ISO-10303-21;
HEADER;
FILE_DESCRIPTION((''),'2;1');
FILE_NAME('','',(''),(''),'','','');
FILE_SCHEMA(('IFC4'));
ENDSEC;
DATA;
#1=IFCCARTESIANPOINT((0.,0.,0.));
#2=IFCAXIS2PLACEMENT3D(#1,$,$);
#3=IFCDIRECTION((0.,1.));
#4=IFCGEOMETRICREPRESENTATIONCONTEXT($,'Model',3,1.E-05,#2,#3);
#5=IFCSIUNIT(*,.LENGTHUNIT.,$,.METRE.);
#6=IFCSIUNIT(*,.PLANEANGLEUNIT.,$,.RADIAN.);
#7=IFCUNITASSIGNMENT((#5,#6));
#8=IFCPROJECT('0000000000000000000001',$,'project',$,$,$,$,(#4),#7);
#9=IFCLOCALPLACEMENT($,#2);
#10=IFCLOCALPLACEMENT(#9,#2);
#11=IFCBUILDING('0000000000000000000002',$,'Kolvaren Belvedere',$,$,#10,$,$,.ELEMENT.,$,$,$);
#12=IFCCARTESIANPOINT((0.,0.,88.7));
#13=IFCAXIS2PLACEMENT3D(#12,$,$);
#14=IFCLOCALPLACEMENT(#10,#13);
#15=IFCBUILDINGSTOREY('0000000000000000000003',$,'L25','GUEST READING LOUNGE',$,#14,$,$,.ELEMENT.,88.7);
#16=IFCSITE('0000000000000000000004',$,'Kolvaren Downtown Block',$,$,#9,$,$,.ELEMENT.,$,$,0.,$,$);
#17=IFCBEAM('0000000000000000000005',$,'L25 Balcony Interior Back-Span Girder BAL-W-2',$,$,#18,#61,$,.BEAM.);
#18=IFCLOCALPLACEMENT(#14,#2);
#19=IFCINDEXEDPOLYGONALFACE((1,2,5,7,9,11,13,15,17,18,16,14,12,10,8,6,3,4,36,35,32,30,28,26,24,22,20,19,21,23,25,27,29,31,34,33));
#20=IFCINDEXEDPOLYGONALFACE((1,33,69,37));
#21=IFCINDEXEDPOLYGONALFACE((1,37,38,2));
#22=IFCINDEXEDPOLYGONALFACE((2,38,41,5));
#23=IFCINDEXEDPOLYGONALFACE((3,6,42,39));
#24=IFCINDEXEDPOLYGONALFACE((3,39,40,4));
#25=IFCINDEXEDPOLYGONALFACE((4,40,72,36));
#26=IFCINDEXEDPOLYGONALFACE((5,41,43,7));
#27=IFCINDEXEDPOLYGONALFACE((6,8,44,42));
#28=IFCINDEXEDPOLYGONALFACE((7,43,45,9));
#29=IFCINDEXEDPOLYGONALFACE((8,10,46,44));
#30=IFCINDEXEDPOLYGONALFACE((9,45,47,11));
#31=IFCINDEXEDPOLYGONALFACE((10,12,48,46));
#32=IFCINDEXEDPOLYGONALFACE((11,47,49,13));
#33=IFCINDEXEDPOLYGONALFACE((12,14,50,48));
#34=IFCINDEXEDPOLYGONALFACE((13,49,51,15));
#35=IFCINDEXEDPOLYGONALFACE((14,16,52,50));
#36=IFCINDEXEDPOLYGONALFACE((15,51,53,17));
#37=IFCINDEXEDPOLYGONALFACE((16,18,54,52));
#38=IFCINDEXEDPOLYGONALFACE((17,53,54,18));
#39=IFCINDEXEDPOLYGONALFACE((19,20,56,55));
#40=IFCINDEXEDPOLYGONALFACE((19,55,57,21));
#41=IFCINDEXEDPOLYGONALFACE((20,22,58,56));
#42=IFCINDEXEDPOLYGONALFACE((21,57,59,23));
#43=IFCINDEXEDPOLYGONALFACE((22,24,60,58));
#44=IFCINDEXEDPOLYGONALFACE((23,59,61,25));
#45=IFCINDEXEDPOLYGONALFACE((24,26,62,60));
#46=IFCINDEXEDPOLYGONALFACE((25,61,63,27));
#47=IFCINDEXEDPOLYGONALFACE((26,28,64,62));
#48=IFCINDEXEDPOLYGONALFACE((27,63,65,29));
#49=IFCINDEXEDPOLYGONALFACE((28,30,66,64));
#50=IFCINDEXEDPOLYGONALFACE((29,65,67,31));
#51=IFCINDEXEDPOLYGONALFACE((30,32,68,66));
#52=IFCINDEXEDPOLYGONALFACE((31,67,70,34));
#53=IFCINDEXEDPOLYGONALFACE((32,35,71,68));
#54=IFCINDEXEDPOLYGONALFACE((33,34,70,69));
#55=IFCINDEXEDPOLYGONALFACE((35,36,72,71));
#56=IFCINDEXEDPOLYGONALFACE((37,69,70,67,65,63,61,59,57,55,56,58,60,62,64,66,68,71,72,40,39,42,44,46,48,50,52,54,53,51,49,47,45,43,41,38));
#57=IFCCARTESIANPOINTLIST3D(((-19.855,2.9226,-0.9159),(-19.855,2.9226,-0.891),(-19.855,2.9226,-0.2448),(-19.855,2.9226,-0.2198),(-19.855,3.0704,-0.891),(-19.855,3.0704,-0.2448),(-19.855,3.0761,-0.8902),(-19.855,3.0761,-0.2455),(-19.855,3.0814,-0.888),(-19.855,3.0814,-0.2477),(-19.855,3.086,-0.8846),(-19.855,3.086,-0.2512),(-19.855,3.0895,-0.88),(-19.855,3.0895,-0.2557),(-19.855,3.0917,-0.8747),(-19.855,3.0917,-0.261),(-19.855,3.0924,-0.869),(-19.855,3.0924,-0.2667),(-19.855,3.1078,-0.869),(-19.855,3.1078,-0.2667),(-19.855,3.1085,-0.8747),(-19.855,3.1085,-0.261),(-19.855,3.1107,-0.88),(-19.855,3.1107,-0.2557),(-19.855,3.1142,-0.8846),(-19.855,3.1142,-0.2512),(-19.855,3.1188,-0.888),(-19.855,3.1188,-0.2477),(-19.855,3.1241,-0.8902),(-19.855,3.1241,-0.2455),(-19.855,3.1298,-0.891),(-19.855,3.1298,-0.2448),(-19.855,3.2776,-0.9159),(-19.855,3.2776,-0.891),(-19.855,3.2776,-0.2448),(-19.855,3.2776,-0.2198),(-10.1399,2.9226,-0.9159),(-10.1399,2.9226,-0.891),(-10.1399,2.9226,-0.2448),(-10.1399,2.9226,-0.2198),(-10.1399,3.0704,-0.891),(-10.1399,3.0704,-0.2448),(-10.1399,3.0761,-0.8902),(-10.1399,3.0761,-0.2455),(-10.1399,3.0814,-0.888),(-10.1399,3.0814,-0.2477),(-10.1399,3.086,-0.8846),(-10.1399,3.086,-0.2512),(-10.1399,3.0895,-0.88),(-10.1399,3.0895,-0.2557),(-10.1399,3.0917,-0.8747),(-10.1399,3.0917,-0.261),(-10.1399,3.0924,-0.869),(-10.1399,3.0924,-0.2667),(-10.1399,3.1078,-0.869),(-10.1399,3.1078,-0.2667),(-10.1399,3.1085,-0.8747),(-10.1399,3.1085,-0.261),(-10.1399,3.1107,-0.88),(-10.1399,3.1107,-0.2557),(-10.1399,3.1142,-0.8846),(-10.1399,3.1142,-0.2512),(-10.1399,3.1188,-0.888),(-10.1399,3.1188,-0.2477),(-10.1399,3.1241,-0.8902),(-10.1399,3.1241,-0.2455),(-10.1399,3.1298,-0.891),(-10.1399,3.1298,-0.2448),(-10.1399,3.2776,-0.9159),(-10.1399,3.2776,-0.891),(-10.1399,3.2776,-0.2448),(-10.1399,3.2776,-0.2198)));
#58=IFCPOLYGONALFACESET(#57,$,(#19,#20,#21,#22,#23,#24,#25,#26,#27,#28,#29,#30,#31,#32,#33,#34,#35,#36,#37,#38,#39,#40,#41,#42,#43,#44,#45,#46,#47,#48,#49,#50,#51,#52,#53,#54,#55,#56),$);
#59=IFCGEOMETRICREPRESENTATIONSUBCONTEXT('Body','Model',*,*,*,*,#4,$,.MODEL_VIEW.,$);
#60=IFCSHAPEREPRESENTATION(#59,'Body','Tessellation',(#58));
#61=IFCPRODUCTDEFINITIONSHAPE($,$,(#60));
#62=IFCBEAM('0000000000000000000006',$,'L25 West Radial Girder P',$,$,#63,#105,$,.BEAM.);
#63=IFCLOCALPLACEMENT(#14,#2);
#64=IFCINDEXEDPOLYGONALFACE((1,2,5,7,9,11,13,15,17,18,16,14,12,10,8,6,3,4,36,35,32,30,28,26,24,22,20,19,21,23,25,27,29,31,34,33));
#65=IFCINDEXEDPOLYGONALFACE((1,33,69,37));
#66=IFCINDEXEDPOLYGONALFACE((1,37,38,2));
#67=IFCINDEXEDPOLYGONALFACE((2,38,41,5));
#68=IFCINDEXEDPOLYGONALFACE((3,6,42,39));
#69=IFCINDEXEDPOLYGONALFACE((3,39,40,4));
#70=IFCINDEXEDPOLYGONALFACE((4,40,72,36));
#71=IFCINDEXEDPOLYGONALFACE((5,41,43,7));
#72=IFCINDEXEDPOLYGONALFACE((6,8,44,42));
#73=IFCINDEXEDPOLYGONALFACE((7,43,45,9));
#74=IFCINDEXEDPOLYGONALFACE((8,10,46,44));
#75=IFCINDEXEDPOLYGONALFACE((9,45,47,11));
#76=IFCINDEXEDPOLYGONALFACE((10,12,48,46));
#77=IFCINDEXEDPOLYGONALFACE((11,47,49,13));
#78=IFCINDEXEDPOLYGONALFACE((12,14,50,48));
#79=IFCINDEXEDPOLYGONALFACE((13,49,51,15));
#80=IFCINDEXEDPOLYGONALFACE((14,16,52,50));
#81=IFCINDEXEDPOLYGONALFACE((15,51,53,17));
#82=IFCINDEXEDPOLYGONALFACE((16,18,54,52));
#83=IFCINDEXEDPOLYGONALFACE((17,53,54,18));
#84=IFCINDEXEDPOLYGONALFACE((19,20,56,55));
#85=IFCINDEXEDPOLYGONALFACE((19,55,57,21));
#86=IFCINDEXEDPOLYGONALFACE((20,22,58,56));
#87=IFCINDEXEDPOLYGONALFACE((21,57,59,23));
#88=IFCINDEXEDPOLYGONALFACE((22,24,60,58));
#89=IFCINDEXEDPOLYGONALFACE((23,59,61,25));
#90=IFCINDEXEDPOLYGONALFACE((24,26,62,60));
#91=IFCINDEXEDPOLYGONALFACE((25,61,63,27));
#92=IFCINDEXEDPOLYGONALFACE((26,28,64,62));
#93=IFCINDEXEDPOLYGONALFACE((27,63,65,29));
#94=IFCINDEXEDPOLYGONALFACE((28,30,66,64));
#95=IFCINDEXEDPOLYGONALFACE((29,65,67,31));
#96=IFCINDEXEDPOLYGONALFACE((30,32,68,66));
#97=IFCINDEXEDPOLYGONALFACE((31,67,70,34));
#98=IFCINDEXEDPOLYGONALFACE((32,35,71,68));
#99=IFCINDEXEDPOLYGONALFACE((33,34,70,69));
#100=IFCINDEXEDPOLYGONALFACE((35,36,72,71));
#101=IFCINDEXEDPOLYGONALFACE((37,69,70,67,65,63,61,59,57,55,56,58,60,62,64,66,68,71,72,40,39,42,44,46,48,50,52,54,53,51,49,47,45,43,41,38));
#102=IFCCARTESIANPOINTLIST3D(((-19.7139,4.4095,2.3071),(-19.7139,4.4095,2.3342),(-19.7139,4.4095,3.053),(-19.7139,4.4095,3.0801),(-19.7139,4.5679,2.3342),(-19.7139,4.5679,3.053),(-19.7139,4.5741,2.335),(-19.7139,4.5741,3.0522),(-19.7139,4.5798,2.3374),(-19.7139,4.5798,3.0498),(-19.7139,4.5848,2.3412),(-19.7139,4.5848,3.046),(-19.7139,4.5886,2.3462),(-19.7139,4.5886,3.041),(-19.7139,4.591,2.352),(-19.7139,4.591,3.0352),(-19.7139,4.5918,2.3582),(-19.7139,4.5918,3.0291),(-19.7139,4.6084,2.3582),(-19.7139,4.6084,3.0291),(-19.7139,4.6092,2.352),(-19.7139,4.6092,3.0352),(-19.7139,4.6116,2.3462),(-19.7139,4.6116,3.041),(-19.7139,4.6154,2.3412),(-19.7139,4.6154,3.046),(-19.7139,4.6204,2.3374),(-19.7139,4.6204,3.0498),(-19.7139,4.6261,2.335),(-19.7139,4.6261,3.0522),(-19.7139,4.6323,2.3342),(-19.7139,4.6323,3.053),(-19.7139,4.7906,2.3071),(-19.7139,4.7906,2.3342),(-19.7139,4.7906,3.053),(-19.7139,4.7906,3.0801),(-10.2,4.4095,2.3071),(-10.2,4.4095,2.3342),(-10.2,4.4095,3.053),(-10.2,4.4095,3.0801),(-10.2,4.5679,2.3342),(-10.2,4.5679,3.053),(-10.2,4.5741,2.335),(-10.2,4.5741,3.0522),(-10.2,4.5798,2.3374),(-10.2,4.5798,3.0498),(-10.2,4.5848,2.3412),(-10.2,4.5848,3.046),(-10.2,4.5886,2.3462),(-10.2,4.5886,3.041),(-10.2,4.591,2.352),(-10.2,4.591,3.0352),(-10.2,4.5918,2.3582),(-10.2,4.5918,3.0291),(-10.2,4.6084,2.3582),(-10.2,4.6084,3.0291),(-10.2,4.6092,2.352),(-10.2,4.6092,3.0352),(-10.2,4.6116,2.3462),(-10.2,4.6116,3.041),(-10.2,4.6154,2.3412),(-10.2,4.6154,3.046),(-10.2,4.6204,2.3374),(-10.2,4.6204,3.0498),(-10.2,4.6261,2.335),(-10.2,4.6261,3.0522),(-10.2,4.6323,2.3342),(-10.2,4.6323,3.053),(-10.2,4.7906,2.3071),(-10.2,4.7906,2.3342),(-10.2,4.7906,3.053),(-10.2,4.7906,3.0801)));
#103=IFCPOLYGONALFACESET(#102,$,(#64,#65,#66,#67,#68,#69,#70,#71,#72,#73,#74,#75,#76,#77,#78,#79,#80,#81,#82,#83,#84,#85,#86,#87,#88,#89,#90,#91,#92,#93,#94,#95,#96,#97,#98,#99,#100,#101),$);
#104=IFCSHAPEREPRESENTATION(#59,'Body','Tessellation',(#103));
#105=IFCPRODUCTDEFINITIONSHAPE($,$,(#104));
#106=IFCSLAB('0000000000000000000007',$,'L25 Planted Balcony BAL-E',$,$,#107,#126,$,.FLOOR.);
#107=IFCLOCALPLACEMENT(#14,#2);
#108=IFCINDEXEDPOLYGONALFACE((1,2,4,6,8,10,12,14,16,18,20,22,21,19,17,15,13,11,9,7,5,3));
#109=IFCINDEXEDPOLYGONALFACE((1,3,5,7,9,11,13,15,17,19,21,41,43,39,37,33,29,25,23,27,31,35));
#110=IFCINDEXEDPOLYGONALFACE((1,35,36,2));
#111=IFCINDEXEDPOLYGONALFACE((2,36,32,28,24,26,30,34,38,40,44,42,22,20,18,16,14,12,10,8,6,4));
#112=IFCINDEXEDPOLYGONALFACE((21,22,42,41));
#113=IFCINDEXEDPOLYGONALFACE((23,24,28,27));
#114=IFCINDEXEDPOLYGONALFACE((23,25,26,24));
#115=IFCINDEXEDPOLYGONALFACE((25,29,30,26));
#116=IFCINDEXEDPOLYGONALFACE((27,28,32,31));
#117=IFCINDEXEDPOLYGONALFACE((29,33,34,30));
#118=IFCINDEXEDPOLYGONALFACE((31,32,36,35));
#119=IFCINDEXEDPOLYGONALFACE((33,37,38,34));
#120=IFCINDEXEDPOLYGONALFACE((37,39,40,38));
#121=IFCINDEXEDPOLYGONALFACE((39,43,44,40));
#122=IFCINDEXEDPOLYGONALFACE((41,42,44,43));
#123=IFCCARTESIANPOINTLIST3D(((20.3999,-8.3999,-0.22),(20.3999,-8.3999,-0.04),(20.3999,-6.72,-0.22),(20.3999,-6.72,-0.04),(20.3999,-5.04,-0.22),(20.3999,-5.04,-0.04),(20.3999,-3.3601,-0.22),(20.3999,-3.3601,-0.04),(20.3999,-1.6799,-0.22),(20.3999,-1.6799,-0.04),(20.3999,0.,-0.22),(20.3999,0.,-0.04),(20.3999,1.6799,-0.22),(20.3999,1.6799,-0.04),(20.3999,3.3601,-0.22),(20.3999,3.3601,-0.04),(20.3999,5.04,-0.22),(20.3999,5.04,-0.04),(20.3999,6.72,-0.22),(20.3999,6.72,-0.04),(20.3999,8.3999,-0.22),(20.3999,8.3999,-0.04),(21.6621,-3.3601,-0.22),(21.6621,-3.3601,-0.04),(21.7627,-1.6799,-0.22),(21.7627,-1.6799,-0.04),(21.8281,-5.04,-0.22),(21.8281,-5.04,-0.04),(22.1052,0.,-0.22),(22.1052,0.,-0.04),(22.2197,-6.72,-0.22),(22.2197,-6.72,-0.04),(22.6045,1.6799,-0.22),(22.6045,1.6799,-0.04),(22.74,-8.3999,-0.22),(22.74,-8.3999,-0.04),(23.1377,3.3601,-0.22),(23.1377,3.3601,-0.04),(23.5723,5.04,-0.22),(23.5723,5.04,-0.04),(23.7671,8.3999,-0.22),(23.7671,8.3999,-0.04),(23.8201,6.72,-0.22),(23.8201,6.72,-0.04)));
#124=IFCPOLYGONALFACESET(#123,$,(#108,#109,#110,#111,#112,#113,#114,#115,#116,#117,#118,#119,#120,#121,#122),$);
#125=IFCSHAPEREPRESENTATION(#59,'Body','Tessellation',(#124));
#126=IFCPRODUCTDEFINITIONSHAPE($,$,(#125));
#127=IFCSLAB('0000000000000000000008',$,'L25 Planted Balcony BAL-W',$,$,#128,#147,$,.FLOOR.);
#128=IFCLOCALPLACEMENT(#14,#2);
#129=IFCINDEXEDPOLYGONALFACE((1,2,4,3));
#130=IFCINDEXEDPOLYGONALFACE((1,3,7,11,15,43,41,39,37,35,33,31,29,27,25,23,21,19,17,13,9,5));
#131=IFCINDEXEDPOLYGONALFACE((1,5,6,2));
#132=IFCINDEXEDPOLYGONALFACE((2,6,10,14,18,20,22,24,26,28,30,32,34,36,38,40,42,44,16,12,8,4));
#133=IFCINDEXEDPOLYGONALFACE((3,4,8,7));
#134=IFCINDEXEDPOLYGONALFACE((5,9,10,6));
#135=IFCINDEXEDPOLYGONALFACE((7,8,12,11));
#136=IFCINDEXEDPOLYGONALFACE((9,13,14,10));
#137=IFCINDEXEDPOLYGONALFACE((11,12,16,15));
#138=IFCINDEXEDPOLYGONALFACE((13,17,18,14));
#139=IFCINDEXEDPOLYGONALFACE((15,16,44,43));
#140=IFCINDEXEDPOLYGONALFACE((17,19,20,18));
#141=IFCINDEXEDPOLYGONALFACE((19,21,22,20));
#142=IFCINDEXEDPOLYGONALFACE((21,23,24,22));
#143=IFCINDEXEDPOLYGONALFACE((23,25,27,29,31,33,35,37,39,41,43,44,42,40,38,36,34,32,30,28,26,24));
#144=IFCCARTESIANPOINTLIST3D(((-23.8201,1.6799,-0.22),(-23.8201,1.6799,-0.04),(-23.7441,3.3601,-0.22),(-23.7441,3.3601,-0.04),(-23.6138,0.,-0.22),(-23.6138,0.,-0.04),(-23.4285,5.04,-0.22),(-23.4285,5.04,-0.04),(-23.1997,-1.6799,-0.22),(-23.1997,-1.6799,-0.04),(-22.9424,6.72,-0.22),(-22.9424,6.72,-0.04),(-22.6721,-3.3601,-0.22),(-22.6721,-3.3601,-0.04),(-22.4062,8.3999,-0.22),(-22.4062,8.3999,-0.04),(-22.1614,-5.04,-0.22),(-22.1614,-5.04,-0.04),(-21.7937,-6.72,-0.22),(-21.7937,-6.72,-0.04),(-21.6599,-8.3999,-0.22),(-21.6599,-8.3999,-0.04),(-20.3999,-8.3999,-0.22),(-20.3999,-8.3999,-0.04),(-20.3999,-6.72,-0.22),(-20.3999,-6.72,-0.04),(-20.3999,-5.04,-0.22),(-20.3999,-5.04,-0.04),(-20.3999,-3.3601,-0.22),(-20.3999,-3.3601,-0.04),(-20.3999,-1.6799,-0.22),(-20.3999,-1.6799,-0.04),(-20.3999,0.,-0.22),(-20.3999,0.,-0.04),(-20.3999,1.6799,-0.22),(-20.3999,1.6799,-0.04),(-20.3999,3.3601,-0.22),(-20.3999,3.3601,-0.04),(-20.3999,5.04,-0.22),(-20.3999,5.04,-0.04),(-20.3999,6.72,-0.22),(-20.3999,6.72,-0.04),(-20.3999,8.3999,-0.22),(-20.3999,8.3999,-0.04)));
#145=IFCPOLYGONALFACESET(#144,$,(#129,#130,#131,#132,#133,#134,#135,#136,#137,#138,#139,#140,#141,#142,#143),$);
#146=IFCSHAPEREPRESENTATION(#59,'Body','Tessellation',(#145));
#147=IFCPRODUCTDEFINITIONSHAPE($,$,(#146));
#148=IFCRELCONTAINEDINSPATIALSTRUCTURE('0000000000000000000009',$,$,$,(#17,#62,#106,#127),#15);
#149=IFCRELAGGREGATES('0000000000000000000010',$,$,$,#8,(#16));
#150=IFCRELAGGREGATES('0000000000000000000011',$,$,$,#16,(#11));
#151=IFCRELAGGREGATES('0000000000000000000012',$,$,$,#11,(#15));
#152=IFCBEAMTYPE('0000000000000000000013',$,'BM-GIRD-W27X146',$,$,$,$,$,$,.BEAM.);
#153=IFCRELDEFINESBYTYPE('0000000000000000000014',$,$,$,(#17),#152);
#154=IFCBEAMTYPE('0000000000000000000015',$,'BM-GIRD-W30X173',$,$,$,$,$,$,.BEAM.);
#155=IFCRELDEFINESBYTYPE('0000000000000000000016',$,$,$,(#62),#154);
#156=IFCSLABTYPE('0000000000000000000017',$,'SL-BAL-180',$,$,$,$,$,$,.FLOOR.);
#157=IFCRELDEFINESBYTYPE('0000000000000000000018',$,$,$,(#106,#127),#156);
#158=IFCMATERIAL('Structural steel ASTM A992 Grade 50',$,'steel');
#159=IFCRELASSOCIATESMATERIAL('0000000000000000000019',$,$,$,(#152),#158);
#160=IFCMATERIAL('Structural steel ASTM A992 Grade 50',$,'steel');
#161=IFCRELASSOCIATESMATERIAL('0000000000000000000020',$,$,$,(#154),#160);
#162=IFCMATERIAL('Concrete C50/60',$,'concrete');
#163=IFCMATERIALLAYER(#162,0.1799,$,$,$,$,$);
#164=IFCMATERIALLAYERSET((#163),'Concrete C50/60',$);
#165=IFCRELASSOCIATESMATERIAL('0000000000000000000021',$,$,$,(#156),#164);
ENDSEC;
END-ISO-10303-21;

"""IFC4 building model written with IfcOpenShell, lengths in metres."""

from ifc_helpers import new_model, si_unit, direction, frame, origin, origin_2d, place, context, subcontext, project, spatial, polyline, i_section, outline, extrude, material, layer, layer_set, material_profile, profile_set, type_object, element, save


model = new_model("IFC4")

# Units and contexts
model_context = context("Model", 3, precision=1e-05, world=origin(), true_north=direction((0.0, 1.0)))
body_context = subcontext(model_context, "Body", "Model", "MODEL_VIEW")
ifc_project = project(units=[si_unit("LENGTHUNIT", "METRE"), si_unit("PLANEANGLEUNIT", "RADIAN")], contexts=[model_context])

# Site, building, storey
site_placement = place(None, origin())
site = spatial("IfcSite", under=ifc_project, at=site_placement, Name="Kolvaren Downtown Block", CompositionType="ELEMENT", RefElevation=0.0)
building_placement = place(site_placement, origin())
building = spatial("IfcBuilding", under=site, at=building_placement, Name="Kolvaren Belvedere", CompositionType="ELEMENT")
storey_placement = place(building_placement, frame((0.0, 0.0, 88.7)))
storey = spatial("IfcBuildingStorey", under=building, at=storey_placement, Name="L25", Description="GUEST READING LOUNGE", CompositionType="ELEMENT", Elevation=88.7)

# Beams
ifc_material_1 = material(Name="Structural steel ASTM A992 Grade 50", Category="steel")
ifc_material_profile_1 = material_profile(ifc_material_1, i_section(OverallWidth=0.355, OverallDepth=0.696, WebThickness=0.0154, FlangeThickness=0.0249, FilletRadius=0.022, at=origin_2d()), Name="W27X146")
ifc_profile_set_1 = profile_set([ifc_material_profile_1], Name="Structural steel ASTM A992 Grade 50")
beam_type_1 = type_object("IfcBeamType", Name="BM-GIRD-W27X146", PredefinedType="BEAM", material=ifc_profile_set_1)
beam_1_placement = place(storey_placement, frame((-10.1399, 3.1001, -0.5679), z_axis=(-1.0, 0.0, 0.0), x_axis=(0.0, -1.0, 0.0)))
element("IfcBeam", 1, at=beam_1_placement, inside=storey, type_object=beam_type_1, Name="L25 Balcony Interior Back-Span Girder BAL-W-2", PredefinedType="BEAM", context=body_context, shape_type="SweptSolid", body=[
    extrude(i_section(OverallWidth=0.355, OverallDepth=0.696, WebThickness=0.0154, FlangeThickness=0.0249, FilletRadius=0.022, at=origin_2d()), origin(), (0.0, 0.0, 1.0), 9.7151),
])
ifc_material_2 = material(Name="Structural steel ASTM A992 Grade 50", Category="steel")
ifc_material_profile_2 = material_profile(ifc_material_2, i_section(OverallWidth=0.3811, OverallDepth=0.7729, WebThickness=0.0166, FlangeThickness=0.0271, FilletRadius=0.0239, at=origin_2d()), Name="W30X173")
ifc_profile_set_2 = profile_set([ifc_material_profile_2], Name="Structural steel ASTM A992 Grade 50")
beam_type_2 = type_object("IfcBeamType", Name="BM-GIRD-W30X173", PredefinedType="BEAM", material=ifc_profile_set_2)
beam_2_placement = place(storey_placement, frame((-10.2, 4.6001, 2.6936), z_axis=(-1.0, 0.0, 0.0), x_axis=(0.0, -1.0, 0.0)))
element("IfcBeam", 2, at=beam_2_placement, inside=storey, type_object=beam_type_2, Name="L25 West Radial Girder P", PredefinedType="BEAM", context=body_context, shape_type="SweptSolid", body=[
    extrude(i_section(OverallWidth=0.3811, OverallDepth=0.7729, WebThickness=0.0166, FlangeThickness=0.0271, FilletRadius=0.0239, at=origin_2d()), origin(), (0.0, 0.0, 1.0), 9.5139),
])

# Slabs
ifc_material_3 = material(Name="Concrete C50/60", Category="concrete")
ifc_layer_1 = layer(ifc_material_3, 0.1799)
ifc_layer_set_1 = layer_set([ifc_layer_1], Name="Concrete C50/60")
slab_type_1 = type_object("IfcSlabType", Name="SL-BAL-180", PredefinedType="FLOOR", material=ifc_layer_set_1)
slab_1_placement = place(storey_placement, frame((0.0, 0.0, -0.22)))
element("IfcSlab", 3, at=slab_1_placement, inside=storey, type_object=slab_type_1, Name="L25 Planted Balcony BAL-E", PredefinedType="FLOOR", context=body_context, shape_type="SweptSolid", body=[
    extrude(outline(polyline([(22.74, -8.3999), (22.2197, -6.72), (21.8281, -5.04), (21.6621, -3.3601), (21.7627, -1.6799), (22.1052, 0.0), (22.6045, 1.6799), (23.1377, 3.3601), (23.5723, 5.04), (23.8201, 6.72), (23.7671, 8.3999), (20.3999, 8.3999), (20.3999, 6.72), (20.3999, 5.04), (20.3999, 3.3601), (20.3999, 1.6799), (20.3999, 0.0), (20.3999, -1.6799), (20.3999, -3.3601), (20.3999, -5.04), (20.3999, -6.72), (20.3999, -8.3999), (22.74, -8.3999)])), origin(), (0.0, 0.0, 1.0), 0.1799),
])
slab_2_placement = place(storey_placement, frame((0.0, 0.0, -0.22)))
element("IfcSlab", 4, at=slab_2_placement, inside=storey, type_object=slab_type_1, Name="L25 Planted Balcony BAL-W", PredefinedType="FLOOR", context=body_context, shape_type="SweptSolid", body=[
    extrude(outline(polyline([(-22.4062, 8.3999), (-22.9424, 6.72), (-23.4285, 5.04), (-23.7441, 3.3601), (-23.8201, 1.6799), (-23.6138, 0.0), (-23.1997, -1.6799), (-22.6721, -3.3601), (-22.1614, -5.04), (-21.7937, -6.72), (-21.6599, -8.3999), (-20.3999, -8.3999), (-20.3999, -6.72), (-20.3999, -5.04), (-20.3999, -3.3601), (-20.3999, -1.6799), (-20.3999, 0.0), (-20.3999, 1.6799), (-20.3999, 3.3601), (-20.3999, 5.04), (-20.3999, 6.72), (-20.3999, 8.3999), (-22.4062, 8.3999)])), origin(), (0.0, 0.0, 1.0), 0.1799),
])

save(model, "model.ifc")
